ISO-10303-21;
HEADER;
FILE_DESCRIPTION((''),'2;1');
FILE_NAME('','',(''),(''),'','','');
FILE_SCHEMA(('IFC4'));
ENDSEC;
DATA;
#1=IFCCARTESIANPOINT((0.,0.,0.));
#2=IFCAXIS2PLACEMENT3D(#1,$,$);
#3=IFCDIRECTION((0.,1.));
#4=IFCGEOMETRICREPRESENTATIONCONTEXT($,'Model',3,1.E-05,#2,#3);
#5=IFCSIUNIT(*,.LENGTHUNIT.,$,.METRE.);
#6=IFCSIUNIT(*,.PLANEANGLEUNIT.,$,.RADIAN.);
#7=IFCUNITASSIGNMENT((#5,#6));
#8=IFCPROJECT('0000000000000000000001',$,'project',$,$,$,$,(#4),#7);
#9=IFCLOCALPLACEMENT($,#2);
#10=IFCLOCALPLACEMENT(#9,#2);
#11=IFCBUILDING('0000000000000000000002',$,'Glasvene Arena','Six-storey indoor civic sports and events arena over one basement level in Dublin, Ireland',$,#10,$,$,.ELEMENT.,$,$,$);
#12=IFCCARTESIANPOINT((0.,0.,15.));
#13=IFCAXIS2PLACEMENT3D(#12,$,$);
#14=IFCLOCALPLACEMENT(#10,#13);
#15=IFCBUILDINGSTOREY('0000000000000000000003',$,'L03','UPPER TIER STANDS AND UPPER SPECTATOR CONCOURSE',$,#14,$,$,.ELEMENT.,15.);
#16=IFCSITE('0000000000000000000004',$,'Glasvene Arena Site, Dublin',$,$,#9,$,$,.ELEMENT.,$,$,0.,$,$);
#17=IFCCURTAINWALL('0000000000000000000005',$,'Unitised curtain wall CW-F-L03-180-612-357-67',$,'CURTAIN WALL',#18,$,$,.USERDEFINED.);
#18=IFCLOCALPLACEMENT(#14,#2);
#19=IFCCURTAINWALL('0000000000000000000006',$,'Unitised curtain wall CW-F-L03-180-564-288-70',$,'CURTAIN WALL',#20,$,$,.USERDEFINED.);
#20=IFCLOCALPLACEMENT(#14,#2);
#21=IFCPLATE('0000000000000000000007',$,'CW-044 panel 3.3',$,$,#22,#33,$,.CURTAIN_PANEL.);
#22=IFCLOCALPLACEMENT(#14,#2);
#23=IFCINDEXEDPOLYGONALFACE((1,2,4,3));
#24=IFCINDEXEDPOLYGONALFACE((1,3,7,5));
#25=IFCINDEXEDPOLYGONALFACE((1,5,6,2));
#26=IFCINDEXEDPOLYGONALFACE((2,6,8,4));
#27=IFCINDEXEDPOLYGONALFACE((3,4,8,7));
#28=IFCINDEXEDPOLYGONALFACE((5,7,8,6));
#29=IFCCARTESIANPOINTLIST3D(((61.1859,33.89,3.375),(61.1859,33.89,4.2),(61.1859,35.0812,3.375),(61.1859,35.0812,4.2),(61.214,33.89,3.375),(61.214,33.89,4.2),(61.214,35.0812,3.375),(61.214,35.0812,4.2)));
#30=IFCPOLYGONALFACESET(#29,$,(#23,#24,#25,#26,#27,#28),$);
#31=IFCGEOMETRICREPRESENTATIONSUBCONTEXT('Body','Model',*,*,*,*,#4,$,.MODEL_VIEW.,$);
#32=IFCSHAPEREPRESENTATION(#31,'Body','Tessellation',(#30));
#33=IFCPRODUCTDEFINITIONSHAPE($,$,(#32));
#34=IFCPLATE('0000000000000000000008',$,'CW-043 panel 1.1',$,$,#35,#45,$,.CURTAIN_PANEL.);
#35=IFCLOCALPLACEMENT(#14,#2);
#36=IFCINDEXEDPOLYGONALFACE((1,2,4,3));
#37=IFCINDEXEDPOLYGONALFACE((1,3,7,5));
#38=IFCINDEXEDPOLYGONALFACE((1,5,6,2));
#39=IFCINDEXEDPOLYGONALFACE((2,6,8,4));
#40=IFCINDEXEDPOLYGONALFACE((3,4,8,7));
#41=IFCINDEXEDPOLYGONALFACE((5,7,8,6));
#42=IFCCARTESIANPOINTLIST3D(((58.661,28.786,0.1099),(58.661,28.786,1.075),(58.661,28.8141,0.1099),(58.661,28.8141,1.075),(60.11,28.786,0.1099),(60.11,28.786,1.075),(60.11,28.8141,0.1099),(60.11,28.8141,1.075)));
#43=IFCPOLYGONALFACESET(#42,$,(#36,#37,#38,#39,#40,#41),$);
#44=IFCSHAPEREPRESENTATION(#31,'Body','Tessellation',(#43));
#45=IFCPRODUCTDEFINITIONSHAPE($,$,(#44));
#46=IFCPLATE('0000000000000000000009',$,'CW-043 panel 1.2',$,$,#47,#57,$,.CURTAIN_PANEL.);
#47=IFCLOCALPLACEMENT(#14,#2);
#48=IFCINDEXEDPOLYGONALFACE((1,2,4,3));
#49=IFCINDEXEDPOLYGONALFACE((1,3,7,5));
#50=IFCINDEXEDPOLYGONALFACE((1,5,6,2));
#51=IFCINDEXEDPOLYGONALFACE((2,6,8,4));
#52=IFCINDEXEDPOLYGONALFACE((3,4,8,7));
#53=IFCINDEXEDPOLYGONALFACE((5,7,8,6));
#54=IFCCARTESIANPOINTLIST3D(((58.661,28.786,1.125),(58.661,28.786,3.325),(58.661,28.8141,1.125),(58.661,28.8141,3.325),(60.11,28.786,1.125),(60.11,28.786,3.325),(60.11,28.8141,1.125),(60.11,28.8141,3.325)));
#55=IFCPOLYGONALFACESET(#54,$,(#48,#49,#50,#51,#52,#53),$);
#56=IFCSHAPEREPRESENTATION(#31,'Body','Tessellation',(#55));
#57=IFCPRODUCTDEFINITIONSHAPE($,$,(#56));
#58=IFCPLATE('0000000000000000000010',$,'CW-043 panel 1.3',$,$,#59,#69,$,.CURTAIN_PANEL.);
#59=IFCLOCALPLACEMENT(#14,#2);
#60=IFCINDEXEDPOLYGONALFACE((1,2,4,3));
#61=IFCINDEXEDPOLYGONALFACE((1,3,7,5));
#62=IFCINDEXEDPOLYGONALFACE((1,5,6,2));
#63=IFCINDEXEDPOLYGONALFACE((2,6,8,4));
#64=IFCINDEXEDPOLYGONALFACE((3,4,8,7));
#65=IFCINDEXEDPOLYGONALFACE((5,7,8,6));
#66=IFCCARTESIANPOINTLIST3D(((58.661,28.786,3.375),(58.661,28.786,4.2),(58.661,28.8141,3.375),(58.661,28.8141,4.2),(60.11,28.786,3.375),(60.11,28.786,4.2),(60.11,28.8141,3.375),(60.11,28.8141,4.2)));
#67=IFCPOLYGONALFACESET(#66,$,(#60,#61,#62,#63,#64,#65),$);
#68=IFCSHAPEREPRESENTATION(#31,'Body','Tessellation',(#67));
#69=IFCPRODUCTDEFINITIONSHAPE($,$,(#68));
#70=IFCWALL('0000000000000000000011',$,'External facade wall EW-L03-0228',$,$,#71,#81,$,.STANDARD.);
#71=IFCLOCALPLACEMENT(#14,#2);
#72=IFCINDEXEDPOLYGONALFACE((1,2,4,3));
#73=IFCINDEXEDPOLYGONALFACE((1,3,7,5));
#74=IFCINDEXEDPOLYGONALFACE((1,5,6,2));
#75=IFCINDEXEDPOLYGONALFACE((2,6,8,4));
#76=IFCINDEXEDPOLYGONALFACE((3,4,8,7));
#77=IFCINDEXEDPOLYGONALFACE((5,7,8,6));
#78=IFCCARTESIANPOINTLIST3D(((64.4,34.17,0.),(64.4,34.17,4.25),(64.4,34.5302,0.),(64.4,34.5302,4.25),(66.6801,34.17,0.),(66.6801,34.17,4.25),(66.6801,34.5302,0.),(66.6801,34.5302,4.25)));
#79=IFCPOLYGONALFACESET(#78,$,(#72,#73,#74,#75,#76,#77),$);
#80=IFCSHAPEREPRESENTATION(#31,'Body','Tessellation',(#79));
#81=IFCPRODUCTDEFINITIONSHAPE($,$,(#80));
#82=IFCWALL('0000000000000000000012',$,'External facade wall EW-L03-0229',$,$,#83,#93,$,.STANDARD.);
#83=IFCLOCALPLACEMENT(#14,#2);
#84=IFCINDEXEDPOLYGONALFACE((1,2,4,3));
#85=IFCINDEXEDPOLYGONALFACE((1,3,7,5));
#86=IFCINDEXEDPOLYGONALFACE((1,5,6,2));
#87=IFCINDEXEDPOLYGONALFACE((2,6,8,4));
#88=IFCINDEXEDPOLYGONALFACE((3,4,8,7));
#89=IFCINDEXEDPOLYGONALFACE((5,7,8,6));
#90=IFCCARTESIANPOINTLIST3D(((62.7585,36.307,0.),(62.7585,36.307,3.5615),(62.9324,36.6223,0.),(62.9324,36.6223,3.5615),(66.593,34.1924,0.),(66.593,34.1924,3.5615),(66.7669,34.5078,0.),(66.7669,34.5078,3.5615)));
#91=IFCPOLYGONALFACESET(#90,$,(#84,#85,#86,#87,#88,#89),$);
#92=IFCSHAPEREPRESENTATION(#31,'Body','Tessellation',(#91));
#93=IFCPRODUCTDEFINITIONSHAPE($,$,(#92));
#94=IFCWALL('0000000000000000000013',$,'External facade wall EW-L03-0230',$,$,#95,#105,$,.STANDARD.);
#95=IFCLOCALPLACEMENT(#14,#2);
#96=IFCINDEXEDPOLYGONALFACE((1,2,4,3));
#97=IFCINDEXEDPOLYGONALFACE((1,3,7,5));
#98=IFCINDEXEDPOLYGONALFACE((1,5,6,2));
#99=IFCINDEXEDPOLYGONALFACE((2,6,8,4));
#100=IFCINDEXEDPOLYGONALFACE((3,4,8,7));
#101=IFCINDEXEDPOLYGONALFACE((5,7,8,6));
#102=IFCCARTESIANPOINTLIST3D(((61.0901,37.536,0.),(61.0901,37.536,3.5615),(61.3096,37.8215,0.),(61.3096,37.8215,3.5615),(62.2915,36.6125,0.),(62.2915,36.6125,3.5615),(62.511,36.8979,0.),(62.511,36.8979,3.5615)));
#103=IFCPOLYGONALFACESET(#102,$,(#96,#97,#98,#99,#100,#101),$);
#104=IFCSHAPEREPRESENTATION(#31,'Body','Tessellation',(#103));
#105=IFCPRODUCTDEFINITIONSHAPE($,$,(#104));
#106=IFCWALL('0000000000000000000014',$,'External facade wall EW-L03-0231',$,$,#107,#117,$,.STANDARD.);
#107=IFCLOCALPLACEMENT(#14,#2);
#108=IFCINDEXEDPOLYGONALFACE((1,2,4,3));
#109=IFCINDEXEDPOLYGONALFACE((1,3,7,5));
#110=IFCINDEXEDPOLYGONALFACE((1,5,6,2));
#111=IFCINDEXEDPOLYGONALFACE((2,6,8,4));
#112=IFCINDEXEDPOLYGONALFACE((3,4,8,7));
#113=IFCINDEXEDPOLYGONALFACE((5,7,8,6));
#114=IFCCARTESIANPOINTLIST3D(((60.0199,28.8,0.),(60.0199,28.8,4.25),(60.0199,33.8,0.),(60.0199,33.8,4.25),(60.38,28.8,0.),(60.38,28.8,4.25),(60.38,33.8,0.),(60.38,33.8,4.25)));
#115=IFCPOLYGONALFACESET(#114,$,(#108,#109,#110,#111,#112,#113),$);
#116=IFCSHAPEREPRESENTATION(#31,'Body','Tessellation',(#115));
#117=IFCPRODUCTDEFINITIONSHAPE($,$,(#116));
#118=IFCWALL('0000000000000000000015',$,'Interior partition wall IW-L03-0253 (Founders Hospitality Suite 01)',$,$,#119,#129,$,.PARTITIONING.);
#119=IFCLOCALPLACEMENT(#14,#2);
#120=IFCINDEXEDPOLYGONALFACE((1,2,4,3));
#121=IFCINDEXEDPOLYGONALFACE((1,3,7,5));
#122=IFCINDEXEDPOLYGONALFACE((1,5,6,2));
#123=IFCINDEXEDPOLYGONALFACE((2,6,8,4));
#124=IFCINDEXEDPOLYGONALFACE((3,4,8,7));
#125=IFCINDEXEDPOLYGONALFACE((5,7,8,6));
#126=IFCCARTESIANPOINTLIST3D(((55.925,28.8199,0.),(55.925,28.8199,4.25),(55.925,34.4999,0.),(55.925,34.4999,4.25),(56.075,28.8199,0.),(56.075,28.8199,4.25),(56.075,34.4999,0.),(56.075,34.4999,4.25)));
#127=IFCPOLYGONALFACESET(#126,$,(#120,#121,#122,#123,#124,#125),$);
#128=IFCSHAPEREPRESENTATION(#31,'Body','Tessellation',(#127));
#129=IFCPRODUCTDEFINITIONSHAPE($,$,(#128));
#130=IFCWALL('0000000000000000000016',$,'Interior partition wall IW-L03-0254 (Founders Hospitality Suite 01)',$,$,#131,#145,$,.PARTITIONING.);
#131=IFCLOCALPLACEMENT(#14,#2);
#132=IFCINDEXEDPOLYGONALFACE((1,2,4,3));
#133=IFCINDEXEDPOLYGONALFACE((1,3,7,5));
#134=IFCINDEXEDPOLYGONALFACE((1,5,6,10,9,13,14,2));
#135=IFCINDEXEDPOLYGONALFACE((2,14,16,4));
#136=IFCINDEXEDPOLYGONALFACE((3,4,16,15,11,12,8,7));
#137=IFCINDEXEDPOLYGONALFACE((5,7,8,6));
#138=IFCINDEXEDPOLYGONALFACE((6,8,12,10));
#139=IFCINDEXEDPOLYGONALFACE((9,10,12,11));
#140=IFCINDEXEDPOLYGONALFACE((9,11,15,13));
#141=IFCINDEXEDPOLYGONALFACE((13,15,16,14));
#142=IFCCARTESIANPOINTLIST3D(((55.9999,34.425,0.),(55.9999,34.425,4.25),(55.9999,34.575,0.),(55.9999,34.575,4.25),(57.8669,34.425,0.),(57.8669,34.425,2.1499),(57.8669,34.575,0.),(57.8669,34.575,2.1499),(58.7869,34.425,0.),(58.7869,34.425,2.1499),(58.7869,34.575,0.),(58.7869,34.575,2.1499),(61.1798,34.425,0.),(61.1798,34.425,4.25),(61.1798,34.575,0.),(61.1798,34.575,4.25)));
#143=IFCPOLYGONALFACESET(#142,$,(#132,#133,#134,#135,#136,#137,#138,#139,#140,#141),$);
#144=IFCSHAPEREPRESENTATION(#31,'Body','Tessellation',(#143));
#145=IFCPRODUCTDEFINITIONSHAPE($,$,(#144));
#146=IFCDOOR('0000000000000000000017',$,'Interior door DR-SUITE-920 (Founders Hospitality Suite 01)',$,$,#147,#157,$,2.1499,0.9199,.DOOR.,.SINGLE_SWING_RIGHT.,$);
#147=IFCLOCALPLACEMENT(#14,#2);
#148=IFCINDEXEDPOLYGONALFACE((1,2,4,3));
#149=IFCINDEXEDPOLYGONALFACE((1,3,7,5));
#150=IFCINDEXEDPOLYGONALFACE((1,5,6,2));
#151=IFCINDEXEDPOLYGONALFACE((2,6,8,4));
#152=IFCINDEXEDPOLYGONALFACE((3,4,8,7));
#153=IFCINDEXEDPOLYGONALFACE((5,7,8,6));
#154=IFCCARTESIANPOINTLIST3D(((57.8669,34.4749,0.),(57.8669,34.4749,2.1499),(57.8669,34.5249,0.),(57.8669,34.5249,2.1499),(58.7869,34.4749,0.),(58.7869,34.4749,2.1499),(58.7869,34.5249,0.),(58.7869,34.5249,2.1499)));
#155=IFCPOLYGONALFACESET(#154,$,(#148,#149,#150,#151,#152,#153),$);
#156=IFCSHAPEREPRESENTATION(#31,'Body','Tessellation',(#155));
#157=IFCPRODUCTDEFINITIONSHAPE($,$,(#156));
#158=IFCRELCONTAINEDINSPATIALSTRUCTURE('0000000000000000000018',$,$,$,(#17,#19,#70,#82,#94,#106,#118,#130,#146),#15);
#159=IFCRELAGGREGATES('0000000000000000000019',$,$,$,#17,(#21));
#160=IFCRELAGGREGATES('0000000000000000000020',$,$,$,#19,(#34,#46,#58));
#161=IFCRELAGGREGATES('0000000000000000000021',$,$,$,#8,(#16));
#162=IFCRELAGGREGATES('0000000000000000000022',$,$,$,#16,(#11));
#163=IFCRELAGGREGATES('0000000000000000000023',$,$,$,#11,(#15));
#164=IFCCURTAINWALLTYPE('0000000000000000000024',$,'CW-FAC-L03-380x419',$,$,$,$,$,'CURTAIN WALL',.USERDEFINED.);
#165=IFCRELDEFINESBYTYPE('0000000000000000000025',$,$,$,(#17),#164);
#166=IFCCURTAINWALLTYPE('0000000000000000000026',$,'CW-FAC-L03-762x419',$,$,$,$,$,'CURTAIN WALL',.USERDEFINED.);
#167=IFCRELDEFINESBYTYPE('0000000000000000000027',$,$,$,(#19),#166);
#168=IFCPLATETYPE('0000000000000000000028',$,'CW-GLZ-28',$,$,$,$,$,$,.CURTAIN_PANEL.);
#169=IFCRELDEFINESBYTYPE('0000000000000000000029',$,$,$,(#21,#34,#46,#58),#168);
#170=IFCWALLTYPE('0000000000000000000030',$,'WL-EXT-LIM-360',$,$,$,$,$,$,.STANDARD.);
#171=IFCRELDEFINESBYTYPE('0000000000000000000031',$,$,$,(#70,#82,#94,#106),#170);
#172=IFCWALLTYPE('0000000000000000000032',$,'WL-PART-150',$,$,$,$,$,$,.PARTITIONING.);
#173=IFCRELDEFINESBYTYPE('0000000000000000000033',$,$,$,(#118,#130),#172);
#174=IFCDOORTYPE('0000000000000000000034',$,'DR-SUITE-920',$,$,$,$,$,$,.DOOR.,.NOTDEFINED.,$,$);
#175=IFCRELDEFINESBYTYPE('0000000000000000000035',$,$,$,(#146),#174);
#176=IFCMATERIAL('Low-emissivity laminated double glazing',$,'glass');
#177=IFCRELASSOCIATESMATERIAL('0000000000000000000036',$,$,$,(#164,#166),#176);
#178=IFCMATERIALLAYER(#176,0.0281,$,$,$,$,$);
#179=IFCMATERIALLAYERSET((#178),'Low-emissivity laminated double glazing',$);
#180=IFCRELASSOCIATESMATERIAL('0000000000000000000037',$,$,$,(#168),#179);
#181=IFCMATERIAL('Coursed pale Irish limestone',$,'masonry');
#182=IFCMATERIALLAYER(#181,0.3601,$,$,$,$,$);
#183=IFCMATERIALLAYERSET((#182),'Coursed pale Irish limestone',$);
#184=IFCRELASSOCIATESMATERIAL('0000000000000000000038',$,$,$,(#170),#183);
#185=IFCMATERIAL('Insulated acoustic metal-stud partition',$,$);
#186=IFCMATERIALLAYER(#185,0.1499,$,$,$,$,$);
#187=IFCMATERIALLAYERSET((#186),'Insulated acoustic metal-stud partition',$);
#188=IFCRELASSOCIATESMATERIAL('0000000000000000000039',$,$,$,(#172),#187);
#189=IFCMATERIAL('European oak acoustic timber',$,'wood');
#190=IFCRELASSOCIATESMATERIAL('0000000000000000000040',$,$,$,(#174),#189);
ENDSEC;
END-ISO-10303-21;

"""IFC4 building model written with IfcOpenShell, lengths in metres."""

from ifc_helpers import new_model, si_unit, direction, frame, frame_2d, origin, origin_2d, place, context, subcontext, project, spatial, rectangle, extrude, material, layer, layer_set, type_object, element, fill, aggregate, save


model = new_model("IFC4")

# Units and contexts
model_context = context("Model", 3, precision=1e-05, world=origin(), true_north=direction((0.0, 1.0)))
body_context = subcontext(model_context, "Body", "Model", "MODEL_VIEW")
ifc_project = project(units=[si_unit("LENGTHUNIT", "METRE"), si_unit("PLANEANGLEUNIT", "RADIAN")], contexts=[model_context])

# Site, building, storey
site_placement = place(None, origin())
site = spatial("IfcSite", under=ifc_project, at=site_placement, Name="Glasvene Arena Site, Dublin", CompositionType="ELEMENT", RefElevation=0.0)
building_placement = place(site_placement, origin())
building = spatial("IfcBuilding", under=site, at=building_placement, Name="Glasvene Arena", Description="Six-storey indoor civic sports and events arena over one basement level in Dublin, Ireland", CompositionType="ELEMENT")
storey_placement = place(building_placement, frame((0.0, 0.0, 15.0)))
storey = spatial("IfcBuildingStorey", under=building, at=storey_placement, Name="L03", Description="UPPER TIER STANDS AND UPPER SPECTATOR CONCOURSE", CompositionType="ELEMENT", Elevation=15.0)

# Curtain wall
ifc_material_1 = material(Name="Low-emissivity laminated double glazing", Category="glass")
curtain_wall_type_1 = type_object("IfcCurtainWallType", Name="CW-FAC-L03-380x419", ElementType="CURTAIN WALL", PredefinedType="USERDEFINED", material=ifc_material_1)
curtain_wall_1_placement = place(storey_placement, frame((61.2, 37.6387, 0.0)))
curtain_wall_1 = element("IfcCurtainWall", 1, at=curtain_wall_1_placement, inside=storey, type_object=curtain_wall_type_1, Name="Unitised curtain wall CW-F-L03-180-612-357-67", ObjectType="CURTAIN WALL", PredefinedType="USERDEFINED")

# Curtain wall
curtain_wall_type_2 = type_object("IfcCurtainWallType", Name="CW-FAC-L03-762x419", ElementType="CURTAIN WALL", PredefinedType="USERDEFINED", material=ifc_material_1)
curtain_wall_2_placement = place(storey_placement, frame((60.1599, 28.8, 0.0)))
curtain_wall_2 = element("IfcCurtainWall", 2, at=curtain_wall_2_placement, inside=storey, type_object=curtain_wall_type_2, Name="Unitised curtain wall CW-F-L03-180-564-288-70", ObjectType="CURTAIN WALL", PredefinedType="USERDEFINED")

# Plates
ifc_layer_1 = layer(ifc_material_1, 0.0281)
ifc_layer_set_1 = layer_set([ifc_layer_1], Name="Low-emissivity laminated double glazing")
plate_type = type_object("IfcPlateType", Name="CW-GLZ-28", PredefinedType="CURTAIN_PANEL", material=ifc_layer_set_1)
plate_1_placement = place(storey_placement, frame((61.2, 34.4856, 3.375), z_axis=(0.0, 0.0, 1.0), x_axis=(0.0, -1.0, 0.0)))
plate_1 = element("IfcPlate", 3, at=plate_1_placement, type_object=plate_type, Name="CW-044 panel 3.3", PredefinedType="CURTAIN_PANEL", context=body_context, shape_type="SweptSolid", body=[
    extrude(rectangle(XDim=1.1912, YDim=0.0281, at=origin_2d()), origin(), (0.0, 0.0, 1.0), 0.825),
])
aggregate(curtain_wall_1, [plate_1])
plate_2_placement = place(storey_placement, frame((59.3855, 28.8, 0.1099), z_axis=(0.0, 0.0, 1.0), x_axis=(-1.0, 0.0, 0.0)))
plate_2 = element("IfcPlate", 4, at=plate_2_placement, type_object=plate_type, Name="CW-043 panel 1.1", PredefinedType="CURTAIN_PANEL", context=body_context, shape_type="SweptSolid", body=[
    extrude(rectangle(XDim=1.449, YDim=0.0281, at=origin_2d()), origin(), (0.0, 0.0, 1.0), 0.9651),
])
plate_3_placement = place(storey_placement, frame((59.3855, 28.8, 1.125), z_axis=(0.0, 0.0, 1.0), x_axis=(-1.0, 0.0, 0.0)))
plate_3 = element("IfcPlate", 5, at=plate_3_placement, type_object=plate_type, Name="CW-043 panel 1.2", PredefinedType="CURTAIN_PANEL", context=body_context, shape_type="SweptSolid", body=[
    extrude(rectangle(XDim=1.449, YDim=0.0281, at=origin_2d()), origin(), (0.0, 0.0, 1.0), 2.2),
])
plate_4_placement = place(storey_placement, frame((59.3855, 28.8, 3.375), z_axis=(0.0, 0.0, 1.0), x_axis=(-1.0, 0.0, 0.0)))
plate_4 = element("IfcPlate", 6, at=plate_4_placement, type_object=plate_type, Name="CW-043 panel 1.3", PredefinedType="CURTAIN_PANEL", context=body_context, shape_type="SweptSolid", body=[
    extrude(rectangle(XDim=1.449, YDim=0.0281, at=origin_2d()), origin(), (0.0, 0.0, 1.0), 0.825),
])
aggregate(curtain_wall_2, [plate_2, plate_3, plate_4])

# Walls
ifc_material_2 = material(Name="Coursed pale Irish limestone", Category="masonry")
ifc_layer_2 = layer(ifc_material_2, 0.3601)
ifc_layer_set_2 = layer_set([ifc_layer_2], Name="Coursed pale Irish limestone")
wall_type_1 = type_object("IfcWallType", Name="WL-EXT-LIM-360", PredefinedType="STANDARD", material=ifc_layer_set_2)
wall_1_placement = place(storey_placement, frame((64.3999, 34.3501, 0.0), z_axis=(0.0, 0.0, 1.0), x_axis=(1.0, 0.0, 0.0)))
element("IfcWall", 7, at=wall_1_placement, inside=storey, type_object=wall_type_1, Name="External facade wall EW-L03-0228", PredefinedType="STANDARD", context=body_context, shape_type="SweptSolid", body=[
    extrude(rectangle(XDim=2.28, YDim=0.3601, at=frame_2d((1.1401, 0.0))), origin(), (0.0, 0.0, 1.0), 4.25),
])
wall_2_placement = place(storey_placement, frame((66.6799, 34.3501, 0.0), z_axis=(0.0, 0.0, 1.0), x_axis=(-0.875681, 0.48289, 0.0)))
element("IfcWall", 8, at=wall_2_placement, inside=storey, type_object=wall_type_1, Name="External facade wall EW-L03-0229", PredefinedType="STANDARD", context=body_context, shape_type="SweptSolid", body=[
    extrude(rectangle(XDim=4.3789, YDim=0.3601, at=frame_2d((2.1895, 0.0))), origin(), (0.0, 0.0, 1.0), 3.5615),
])
wall_3_placement = place(storey_placement, frame((62.4014, 36.7551, 0.0), z_axis=(0.0, 0.0, 1.0), x_axis=(-0.79281, 0.609469, 0.0)))
element("IfcWall", 9, at=wall_3_placement, inside=storey, type_object=wall_type_1, Name="External facade wall EW-L03-0230", PredefinedType="STANDARD", context=body_context, shape_type="SweptSolid", body=[
    extrude(rectangle(XDim=1.5154, YDim=0.3601, at=frame_2d((0.7578, 0.0))), origin(), (0.0, 0.0, 1.0), 3.5615),
])
wall_4_placement = place(storey_placement, frame((60.2, 33.8, 0.0), z_axis=(0.0, 0.0, 1.0), x_axis=(0.0, -1.0, 0.0)))
element("IfcWall", 10, at=wall_4_placement, inside=storey, type_object=wall_type_1, Name="External facade wall EW-L03-0231", PredefinedType="STANDARD", context=body_context, shape_type="SweptSolid", body=[
    extrude(rectangle(XDim=5.0, YDim=0.3601, at=frame_2d((2.5, 0.0))), origin(), (0.0, 0.0, 1.0), 4.25),
])
ifc_material_3 = material(Name="Insulated acoustic metal-stud partition")
ifc_layer_3 = layer(ifc_material_3, 0.1499)
ifc_layer_set_3 = layer_set([ifc_layer_3], Name="Insulated acoustic metal-stud partition")
wall_type_2 = type_object("IfcWallType", Name="WL-PART-150", PredefinedType="PARTITIONING", material=ifc_layer_set_3)
wall_5_placement = place(storey_placement, frame((56.0, 28.8201, 0.0), z_axis=(0.0, 0.0, 1.0), x_axis=(0.0, 1.0, 0.0)))
element("IfcWall", 11, at=wall_5_placement, inside=storey, type_object=wall_type_2, Name="Interior partition wall IW-L03-0253 (Founders Hospitality Suite 01)", PredefinedType="PARTITIONING", context=body_context, shape_type="SweptSolid", body=[
    extrude(rectangle(XDim=5.6799, YDim=0.1499, at=frame_2d((2.8398, 0.0))), origin(), (0.0, 0.0, 1.0), 4.25),
])

# Wall, opening, door
wall_6_placement = place(storey_placement, frame((56.0, 34.5, 0.0), z_axis=(0.0, 0.0, 1.0), x_axis=(1.0, 0.0, 0.0)))
wall_6 = element("IfcWall", 12, at=wall_6_placement, inside=storey, type_object=wall_type_2, Name="Interior partition wall IW-L03-0254 (Founders Hospitality Suite 01)", PredefinedType="PARTITIONING", context=body_context, shape_type="SweptSolid", body=[
    extrude(rectangle(XDim=5.1799, YDim=0.1499, at=frame_2d((2.5898, 0.0))), origin(), (0.0, 0.0, 1.0), 4.25),
])
opening_placement = place(wall_6_placement, frame((1.8669, 0.0, 0.0)))
opening = element("IfcOpeningElement", 13, at=opening_placement, cuts=wall_6, PredefinedType="OPENING", context=body_context, shape_type="SweptSolid", body=[
    extrude(rectangle(XDim=0.9199, YDim=2.1499, at=frame_2d((0.46, 1.075))), frame((0.0, 0.085, 0.0), z_axis=(0.0, -1.0, 0.0), x_axis=(1.0, 0.0, 0.0)), (0.0, 0.0, 1.0), 0.1699),
])
ifc_material_4 = material(Name="European oak acoustic timber", Category="wood")
door_type = type_object("IfcDoorType", Name="DR-SUITE-920", OperationType="NOTDEFINED", PredefinedType="DOOR", material=ifc_material_4)
door_placement = place(opening_placement, origin())
door = element("IfcDoor", 14, at=door_placement, inside=storey, type_object=door_type, Name="Interior door DR-SUITE-920 (Founders Hospitality Suite 01)", OperationType="SINGLE_SWING_RIGHT", OverallHeight=2.1499, OverallWidth=0.9199, PredefinedType="DOOR", context=body_context, shape_type="SweptSolid", body=[
    extrude(rectangle(XDim=0.9199, YDim=2.1499, at=frame_2d((0.46, 1.075))), frame((0.0, 0.0249, 0.0), z_axis=(0.0, -1.0, 0.0), x_axis=(1.0, 0.0, 0.0)), (0.0, 0.0, 1.0), 0.05),
])
fill(opening, door)

save(model, "model.ifc")
